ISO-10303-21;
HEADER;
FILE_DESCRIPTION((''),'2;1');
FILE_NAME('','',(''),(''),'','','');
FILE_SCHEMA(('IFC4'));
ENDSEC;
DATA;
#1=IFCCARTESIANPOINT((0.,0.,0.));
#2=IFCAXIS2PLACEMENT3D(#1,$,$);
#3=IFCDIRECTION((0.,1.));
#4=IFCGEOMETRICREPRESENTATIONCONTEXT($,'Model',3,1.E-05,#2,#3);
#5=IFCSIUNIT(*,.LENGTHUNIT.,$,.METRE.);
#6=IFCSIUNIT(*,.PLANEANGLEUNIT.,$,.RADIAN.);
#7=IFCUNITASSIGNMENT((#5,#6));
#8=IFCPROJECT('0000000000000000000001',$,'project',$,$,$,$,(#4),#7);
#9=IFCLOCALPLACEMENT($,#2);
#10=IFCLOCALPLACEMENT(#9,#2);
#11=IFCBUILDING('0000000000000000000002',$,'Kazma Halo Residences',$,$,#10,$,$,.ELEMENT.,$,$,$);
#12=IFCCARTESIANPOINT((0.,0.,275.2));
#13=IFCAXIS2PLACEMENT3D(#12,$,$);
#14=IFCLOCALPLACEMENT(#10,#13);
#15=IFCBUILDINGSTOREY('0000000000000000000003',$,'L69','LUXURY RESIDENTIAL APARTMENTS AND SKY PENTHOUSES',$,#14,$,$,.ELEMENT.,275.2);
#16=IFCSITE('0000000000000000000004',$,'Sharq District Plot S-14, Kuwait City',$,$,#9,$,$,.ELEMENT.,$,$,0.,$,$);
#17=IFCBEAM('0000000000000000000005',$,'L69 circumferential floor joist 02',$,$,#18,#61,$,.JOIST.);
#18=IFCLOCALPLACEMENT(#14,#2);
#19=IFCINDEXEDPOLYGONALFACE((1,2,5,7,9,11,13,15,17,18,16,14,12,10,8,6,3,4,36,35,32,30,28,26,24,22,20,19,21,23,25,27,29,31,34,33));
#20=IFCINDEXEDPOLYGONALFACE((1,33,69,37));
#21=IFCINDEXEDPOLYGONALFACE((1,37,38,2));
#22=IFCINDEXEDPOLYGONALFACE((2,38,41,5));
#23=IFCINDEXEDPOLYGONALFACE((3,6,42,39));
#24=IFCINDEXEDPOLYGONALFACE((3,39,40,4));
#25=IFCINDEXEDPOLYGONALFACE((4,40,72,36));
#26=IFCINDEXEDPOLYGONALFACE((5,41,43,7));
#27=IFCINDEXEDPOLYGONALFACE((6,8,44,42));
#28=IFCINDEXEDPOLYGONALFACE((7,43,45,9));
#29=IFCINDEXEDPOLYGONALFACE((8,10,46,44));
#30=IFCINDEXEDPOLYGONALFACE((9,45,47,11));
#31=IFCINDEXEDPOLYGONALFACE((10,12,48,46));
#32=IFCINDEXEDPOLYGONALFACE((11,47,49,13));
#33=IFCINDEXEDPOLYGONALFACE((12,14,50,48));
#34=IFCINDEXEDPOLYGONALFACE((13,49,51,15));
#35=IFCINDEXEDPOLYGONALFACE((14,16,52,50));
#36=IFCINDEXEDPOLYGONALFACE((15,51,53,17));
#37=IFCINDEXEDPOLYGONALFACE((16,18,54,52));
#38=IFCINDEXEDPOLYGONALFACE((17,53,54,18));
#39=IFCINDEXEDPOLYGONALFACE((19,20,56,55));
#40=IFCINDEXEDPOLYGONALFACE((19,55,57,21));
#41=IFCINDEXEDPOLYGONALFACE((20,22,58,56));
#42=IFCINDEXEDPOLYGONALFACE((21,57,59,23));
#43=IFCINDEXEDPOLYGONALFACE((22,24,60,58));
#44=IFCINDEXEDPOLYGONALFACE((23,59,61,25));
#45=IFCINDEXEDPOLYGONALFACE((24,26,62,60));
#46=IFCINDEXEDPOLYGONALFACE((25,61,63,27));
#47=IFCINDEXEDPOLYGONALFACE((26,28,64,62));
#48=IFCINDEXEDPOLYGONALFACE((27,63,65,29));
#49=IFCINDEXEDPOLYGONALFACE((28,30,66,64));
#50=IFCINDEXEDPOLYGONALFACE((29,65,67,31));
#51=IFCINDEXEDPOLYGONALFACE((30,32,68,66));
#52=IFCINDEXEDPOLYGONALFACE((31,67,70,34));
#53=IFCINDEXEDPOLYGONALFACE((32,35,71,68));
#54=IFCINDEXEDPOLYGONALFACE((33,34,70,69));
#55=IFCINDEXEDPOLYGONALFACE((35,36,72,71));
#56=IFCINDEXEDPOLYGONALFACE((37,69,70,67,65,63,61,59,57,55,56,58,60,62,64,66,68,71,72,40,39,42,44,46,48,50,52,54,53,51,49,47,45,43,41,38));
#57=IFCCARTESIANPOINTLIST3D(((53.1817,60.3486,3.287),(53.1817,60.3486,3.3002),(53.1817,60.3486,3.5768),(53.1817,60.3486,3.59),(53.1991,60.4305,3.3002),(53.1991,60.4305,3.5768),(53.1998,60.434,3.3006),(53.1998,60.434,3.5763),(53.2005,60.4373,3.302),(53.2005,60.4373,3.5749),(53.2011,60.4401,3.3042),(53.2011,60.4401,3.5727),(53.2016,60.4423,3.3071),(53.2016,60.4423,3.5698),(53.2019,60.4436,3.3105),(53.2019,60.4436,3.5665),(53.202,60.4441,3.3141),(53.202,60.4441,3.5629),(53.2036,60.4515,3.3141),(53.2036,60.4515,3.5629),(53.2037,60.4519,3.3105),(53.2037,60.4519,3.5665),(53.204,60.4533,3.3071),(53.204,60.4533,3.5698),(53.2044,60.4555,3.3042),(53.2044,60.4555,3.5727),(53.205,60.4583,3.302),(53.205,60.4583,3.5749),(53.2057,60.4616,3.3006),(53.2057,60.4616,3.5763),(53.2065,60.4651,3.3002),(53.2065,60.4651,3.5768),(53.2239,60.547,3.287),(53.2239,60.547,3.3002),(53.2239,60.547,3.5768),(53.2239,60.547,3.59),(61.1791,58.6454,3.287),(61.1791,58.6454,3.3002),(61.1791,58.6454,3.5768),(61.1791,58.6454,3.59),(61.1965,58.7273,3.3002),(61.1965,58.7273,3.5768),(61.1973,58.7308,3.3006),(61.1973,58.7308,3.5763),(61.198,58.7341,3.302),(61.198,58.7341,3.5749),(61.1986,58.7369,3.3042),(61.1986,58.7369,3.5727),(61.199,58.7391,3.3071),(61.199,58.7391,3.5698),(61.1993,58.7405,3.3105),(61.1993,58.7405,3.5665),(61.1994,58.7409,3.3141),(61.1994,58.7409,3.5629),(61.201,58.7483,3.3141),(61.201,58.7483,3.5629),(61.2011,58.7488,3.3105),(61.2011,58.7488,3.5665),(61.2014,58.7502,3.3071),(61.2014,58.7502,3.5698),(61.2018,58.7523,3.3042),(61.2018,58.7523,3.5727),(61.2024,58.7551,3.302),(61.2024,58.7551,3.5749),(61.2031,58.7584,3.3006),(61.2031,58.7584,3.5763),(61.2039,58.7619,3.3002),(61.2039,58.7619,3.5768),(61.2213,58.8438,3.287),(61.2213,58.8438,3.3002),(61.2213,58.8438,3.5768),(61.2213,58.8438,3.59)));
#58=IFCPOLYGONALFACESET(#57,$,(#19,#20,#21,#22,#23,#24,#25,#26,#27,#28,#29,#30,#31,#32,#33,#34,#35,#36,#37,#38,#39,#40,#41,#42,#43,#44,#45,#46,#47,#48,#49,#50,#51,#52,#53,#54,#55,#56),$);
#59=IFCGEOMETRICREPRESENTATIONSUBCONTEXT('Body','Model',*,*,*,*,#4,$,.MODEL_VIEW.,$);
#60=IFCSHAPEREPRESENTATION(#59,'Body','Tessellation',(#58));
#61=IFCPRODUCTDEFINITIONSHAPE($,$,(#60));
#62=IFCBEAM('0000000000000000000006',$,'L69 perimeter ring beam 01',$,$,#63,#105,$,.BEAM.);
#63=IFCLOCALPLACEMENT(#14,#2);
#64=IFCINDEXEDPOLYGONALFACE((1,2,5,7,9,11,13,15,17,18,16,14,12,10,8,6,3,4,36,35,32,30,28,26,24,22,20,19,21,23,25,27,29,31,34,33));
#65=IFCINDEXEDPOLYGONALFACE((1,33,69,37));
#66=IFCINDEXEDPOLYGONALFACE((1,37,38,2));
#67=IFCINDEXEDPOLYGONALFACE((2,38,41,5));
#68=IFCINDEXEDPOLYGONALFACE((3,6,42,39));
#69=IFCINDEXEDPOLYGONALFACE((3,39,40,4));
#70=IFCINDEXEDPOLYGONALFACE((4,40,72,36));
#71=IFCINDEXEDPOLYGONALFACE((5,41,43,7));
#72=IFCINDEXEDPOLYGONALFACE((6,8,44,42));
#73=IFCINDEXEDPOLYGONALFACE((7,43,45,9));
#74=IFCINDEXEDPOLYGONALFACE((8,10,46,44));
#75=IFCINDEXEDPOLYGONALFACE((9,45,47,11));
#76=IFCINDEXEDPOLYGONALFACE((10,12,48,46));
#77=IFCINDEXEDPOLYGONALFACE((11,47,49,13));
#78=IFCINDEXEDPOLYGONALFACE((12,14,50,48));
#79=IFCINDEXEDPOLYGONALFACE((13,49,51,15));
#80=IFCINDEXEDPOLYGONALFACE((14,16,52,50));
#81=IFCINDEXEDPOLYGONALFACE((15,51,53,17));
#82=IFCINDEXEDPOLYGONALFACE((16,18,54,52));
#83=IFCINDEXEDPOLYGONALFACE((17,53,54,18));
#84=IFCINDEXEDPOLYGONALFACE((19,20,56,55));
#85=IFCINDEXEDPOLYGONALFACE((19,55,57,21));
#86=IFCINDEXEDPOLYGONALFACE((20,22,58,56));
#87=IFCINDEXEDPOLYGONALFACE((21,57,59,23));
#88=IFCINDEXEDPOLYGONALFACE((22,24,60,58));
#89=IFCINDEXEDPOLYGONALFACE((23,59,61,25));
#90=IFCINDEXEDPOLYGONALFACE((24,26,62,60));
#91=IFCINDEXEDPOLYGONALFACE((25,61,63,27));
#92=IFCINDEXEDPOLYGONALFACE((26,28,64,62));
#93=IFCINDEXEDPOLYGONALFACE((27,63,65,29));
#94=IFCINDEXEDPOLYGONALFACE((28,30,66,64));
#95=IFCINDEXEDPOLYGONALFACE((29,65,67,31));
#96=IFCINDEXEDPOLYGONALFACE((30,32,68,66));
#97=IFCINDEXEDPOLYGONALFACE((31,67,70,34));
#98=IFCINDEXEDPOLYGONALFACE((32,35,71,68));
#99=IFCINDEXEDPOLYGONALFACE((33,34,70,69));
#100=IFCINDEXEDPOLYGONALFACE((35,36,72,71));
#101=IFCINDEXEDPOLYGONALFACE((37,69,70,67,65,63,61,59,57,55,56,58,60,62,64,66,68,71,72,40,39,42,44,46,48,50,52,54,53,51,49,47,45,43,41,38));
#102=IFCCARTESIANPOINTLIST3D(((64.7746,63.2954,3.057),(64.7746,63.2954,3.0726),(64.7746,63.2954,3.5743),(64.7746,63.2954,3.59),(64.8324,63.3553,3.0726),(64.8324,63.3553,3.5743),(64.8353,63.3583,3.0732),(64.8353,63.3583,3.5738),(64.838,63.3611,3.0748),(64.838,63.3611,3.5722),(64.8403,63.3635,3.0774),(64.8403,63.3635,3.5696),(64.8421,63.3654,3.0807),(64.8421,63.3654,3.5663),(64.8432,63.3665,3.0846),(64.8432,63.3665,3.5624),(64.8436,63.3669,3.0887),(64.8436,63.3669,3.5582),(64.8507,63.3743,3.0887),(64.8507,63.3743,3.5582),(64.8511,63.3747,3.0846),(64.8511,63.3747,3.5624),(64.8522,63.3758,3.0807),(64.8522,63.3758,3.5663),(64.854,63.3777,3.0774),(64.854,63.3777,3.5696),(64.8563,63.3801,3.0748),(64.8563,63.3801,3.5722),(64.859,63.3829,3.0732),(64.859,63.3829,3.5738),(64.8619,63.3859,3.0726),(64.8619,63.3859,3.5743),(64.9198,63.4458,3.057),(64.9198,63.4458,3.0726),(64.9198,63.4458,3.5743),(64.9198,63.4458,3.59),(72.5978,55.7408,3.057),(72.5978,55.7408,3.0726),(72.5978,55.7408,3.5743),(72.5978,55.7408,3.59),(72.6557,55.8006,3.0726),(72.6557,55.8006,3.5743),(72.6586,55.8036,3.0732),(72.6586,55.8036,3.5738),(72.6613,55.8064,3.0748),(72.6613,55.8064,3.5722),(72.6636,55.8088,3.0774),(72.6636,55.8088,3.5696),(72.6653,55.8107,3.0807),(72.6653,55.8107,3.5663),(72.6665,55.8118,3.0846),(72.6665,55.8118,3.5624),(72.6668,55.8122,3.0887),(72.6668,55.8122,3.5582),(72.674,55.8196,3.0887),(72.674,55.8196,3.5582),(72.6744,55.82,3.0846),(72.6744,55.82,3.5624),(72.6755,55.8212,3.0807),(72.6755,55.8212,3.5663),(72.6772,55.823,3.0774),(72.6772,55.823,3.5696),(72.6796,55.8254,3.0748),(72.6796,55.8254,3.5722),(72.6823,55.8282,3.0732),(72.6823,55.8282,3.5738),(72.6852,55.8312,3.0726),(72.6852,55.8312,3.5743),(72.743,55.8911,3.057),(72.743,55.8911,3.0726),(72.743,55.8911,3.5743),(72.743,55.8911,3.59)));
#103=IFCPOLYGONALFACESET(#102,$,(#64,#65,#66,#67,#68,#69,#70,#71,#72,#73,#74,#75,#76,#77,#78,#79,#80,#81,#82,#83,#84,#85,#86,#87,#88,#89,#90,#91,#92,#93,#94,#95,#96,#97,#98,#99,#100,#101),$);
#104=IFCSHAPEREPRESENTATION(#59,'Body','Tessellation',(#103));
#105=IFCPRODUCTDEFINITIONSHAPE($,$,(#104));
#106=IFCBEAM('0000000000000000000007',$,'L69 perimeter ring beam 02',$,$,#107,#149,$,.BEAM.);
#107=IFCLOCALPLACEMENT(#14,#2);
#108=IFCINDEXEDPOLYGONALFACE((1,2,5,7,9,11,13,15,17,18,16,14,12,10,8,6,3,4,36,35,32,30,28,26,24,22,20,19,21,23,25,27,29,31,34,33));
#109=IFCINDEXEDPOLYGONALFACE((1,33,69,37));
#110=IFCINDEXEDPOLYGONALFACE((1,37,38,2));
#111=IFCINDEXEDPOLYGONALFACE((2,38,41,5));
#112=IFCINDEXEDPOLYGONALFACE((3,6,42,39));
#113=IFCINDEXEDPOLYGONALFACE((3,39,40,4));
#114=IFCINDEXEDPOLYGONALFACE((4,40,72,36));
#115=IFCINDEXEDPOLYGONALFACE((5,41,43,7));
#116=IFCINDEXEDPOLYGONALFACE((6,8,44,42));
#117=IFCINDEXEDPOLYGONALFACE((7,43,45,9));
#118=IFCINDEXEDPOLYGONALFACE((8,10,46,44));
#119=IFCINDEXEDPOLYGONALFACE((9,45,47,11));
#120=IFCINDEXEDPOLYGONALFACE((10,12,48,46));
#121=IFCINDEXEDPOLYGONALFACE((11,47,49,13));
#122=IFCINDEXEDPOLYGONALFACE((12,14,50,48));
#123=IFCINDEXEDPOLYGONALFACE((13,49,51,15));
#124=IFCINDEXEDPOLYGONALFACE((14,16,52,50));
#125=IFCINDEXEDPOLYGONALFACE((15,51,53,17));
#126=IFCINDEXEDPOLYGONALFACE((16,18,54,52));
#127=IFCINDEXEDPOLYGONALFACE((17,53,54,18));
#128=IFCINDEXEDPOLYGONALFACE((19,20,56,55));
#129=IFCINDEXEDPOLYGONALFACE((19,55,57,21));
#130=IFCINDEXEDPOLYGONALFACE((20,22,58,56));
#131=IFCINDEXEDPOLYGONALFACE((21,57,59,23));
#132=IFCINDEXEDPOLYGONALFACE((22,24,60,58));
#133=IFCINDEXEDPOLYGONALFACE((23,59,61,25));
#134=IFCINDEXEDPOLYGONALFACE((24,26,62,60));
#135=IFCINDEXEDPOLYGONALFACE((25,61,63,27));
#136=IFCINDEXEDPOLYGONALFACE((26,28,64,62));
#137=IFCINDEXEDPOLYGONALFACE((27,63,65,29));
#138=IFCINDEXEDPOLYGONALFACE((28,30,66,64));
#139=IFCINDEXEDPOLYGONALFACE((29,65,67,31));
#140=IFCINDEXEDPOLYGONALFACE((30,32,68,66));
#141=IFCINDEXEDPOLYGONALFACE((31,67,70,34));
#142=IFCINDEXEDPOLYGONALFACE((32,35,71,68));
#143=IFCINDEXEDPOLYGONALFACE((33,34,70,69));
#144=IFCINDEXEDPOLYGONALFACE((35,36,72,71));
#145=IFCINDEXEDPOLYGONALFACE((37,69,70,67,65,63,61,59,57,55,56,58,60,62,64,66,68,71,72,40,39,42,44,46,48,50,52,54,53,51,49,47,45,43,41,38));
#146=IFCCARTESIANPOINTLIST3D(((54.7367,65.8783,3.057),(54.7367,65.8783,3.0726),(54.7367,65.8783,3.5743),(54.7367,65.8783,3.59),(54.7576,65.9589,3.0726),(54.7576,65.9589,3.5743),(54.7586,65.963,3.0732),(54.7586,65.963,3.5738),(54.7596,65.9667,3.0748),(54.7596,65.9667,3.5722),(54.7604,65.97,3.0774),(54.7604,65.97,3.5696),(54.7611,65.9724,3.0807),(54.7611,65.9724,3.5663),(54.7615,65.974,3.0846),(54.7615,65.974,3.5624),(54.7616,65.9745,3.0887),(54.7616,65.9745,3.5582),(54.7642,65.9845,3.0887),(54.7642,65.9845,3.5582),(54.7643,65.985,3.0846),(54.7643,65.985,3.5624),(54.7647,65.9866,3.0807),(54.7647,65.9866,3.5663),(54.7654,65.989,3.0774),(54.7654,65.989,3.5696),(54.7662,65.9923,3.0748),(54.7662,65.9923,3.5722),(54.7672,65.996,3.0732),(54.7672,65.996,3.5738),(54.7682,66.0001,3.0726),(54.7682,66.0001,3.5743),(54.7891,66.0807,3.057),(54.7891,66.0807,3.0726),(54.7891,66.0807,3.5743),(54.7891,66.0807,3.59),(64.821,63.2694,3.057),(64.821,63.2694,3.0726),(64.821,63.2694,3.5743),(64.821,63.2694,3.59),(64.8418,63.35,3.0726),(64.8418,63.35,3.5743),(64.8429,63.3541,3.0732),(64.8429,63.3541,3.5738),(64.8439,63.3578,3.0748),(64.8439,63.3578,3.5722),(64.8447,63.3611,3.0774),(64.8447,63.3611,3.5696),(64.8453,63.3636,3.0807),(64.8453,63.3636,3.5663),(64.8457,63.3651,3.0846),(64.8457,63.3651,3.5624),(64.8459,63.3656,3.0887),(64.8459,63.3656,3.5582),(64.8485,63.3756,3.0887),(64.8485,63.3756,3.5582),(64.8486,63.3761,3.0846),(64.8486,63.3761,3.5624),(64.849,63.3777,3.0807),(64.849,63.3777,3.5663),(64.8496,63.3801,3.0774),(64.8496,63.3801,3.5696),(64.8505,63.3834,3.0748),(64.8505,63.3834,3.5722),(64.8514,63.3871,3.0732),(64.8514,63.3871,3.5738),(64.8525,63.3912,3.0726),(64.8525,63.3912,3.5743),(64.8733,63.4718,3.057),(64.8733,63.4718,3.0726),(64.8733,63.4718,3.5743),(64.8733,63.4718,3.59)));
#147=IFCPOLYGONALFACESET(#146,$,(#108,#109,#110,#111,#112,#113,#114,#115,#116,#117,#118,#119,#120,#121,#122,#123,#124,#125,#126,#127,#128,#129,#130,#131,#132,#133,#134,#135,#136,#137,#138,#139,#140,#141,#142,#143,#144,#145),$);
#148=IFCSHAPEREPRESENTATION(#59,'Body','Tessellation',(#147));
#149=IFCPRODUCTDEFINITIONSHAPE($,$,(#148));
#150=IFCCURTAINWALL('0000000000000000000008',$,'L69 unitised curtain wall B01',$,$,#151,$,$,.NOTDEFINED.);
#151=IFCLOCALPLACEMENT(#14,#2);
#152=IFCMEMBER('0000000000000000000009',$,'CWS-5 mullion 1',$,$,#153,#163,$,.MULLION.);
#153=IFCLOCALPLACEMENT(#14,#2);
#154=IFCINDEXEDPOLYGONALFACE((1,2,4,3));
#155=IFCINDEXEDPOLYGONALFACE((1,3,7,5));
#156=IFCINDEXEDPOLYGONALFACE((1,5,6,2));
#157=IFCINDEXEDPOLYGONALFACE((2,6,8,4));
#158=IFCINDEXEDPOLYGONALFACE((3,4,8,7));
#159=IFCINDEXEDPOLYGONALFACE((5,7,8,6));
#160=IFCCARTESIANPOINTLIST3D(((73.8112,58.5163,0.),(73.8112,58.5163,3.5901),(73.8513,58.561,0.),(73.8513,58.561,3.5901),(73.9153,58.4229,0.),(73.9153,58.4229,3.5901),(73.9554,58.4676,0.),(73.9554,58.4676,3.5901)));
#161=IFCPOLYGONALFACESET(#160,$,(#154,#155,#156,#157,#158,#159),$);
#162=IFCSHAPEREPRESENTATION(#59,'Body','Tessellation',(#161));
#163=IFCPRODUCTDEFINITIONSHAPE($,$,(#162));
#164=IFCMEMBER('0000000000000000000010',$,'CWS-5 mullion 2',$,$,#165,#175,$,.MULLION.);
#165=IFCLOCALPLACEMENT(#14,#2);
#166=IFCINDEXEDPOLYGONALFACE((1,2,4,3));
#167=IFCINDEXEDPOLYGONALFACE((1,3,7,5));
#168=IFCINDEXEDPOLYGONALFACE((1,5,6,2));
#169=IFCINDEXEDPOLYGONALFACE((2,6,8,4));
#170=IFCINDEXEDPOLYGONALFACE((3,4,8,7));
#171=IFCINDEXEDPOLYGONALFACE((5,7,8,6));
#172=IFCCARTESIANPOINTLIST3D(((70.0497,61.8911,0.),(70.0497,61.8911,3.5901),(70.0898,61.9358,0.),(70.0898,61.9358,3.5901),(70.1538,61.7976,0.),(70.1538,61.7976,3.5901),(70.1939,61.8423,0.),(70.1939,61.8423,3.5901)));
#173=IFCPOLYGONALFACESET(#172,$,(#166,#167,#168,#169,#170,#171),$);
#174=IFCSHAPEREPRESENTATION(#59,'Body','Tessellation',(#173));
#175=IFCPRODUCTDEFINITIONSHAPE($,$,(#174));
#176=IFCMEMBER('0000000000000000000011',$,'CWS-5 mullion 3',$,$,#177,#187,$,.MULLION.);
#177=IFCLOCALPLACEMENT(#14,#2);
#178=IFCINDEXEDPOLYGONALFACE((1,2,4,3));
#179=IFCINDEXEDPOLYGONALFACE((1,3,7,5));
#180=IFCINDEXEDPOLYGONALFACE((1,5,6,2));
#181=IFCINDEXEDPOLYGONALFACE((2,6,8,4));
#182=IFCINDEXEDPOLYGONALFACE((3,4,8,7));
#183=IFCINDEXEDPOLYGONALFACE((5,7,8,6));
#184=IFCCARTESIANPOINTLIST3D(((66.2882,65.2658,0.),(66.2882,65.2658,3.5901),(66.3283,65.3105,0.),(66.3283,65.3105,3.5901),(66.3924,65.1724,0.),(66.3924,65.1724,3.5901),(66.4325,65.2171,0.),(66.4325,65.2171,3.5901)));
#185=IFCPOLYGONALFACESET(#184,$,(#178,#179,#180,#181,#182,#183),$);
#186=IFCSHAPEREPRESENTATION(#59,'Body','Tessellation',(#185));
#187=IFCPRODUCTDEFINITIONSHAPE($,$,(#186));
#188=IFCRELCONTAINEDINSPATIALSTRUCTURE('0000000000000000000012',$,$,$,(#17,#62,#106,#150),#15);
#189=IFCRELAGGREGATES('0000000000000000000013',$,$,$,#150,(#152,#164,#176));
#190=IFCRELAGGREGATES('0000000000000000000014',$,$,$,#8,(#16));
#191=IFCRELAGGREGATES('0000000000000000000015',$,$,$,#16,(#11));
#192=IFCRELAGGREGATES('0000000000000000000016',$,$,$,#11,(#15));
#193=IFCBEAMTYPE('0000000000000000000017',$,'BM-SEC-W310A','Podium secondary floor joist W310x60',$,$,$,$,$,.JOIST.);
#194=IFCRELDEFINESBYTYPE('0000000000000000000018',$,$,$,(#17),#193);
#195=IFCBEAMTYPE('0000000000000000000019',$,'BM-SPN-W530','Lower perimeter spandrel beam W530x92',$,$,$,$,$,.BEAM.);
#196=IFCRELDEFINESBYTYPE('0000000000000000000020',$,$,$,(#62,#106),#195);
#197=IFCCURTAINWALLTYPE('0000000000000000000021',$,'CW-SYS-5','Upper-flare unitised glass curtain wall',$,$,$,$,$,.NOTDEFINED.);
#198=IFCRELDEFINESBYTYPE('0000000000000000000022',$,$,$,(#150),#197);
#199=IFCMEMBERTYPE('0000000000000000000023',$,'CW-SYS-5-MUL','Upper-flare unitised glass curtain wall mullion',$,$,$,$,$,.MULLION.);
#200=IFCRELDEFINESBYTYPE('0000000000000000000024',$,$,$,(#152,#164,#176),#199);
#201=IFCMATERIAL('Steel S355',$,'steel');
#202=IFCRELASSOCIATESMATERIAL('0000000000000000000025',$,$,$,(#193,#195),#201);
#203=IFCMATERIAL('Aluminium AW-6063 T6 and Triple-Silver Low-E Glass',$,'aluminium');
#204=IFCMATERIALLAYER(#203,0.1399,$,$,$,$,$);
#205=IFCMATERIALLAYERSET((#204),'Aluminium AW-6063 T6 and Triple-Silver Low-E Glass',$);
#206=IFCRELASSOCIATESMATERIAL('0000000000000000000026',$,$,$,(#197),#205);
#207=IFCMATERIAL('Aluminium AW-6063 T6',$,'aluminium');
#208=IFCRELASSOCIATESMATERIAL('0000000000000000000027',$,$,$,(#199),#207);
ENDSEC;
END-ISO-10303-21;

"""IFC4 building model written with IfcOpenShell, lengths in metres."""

from ifc_helpers import new_model, si_unit, direction, frame, origin, origin_2d, place, context, subcontext, project, spatial, rectangle, i_section, extrude, material, layer, layer_set, material_profile, profile_set, type_object, element, aggregate, save


model = new_model("IFC4")

# Units and contexts
model_context = context("Model", 3, precision=1e-05, world=origin(), true_north=direction((0.0, 1.0)))
body_context = subcontext(model_context, "Body", "Model", "MODEL_VIEW")
ifc_project = project(units=[si_unit("LENGTHUNIT", "METRE"), si_unit("PLANEANGLEUNIT", "RADIAN")], contexts=[model_context])

# Site, building, storey
site_placement = place(None, origin())
site = spatial("IfcSite", under=ifc_project, at=site_placement, Name="Sharq District Plot S-14, Kuwait City", CompositionType="ELEMENT", RefElevation=0.0)
building_placement = place(site_placement, origin())
building = spatial("IfcBuilding", under=site, at=building_placement, Name="Kazma Halo Residences", CompositionType="ELEMENT")
storey_placement = place(building_placement, frame((0.0, 0.0, 275.2)))
storey = spatial("IfcBuildingStorey", under=building, at=storey_placement, Name="L69", Description="LUXURY RESIDENTIAL APARTMENTS AND SKY PENTHOUSES", CompositionType="ELEMENT", Elevation=275.2)

# Beams
ifc_material_1 = material(Name="Steel S355", Category="steel")
ifc_material_profile_1 = material_profile(ifc_material_1, i_section(OverallWidth=0.2029, OverallDepth=0.303, WebThickness=0.0076, FlangeThickness=0.0132, FilletRadius=0.0139, at=origin_2d()), Name="W310x60")
ifc_profile_set_1 = profile_set([ifc_material_profile_1], Name="Steel S355")
beam_type_1 = type_object("IfcBeamType", Name="BM-SEC-W310A", Description="Podium secondary floor joist W310x60", PredefinedType="JOIST", material=ifc_profile_set_1)
beam_1_placement = place(storey_placement, frame((61.2002, 58.7446, 3.4385), z_axis=(-0.978067, 0.208291, 0.0), x_axis=(-0.208291, -0.978067, 0.0)))
element("IfcBeam", 1, at=beam_1_placement, inside=storey, type_object=beam_type_1, Name="L69 circumferential floor joist 02", PredefinedType="JOIST", context=body_context, shape_type="SweptSolid", body=[
    extrude(i_section(OverallWidth=0.2029, OverallDepth=0.303, WebThickness=0.0076, FlangeThickness=0.0132, FilletRadius=0.0139, at=origin_2d()), origin(), (0.0, 0.0, 1.0), 8.1768),
])
ifc_material_profile_2 = material_profile(ifc_material_1, i_section(OverallWidth=0.209, OverallDepth=0.533, WebThickness=0.0103, FlangeThickness=0.0156, FilletRadius=0.0161, at=origin_2d()), Name="W530x92")
ifc_profile_set_2 = profile_set([ifc_material_profile_2], Name="Steel S355")
beam_type_2 = type_object("IfcBeamType", Name="BM-SPN-W530", Description="Lower perimeter spandrel beam W530x92", PredefinedType="BEAM", material=ifc_profile_set_2)
beam_2_placement = place(storey_placement, frame((72.6704, 55.8159, 3.3235), z_axis=(-0.719346, 0.694652, 0.0), x_axis=(-0.694652, -0.719346, 0.0)))
element("IfcBeam", 2, at=beam_2_placement, inside=storey, type_object=beam_type_2, Name="L69 perimeter ring beam 01", PredefinedType="BEAM", context=body_context, shape_type="SweptSolid", body=[
    extrude(i_section(OverallWidth=0.209, OverallDepth=0.533, WebThickness=0.0103, FlangeThickness=0.0156, FilletRadius=0.0161, at=origin_2d()), origin(), (0.0, 0.0, 1.0), 10.8755),
])
beam_3_placement = place(storey_placement, frame((64.8472, 63.3706, 3.3235), z_axis=(-0.968126, 0.250464, 0.0), x_axis=(-0.250464, -0.968126, 0.0)))
element("IfcBeam", 3, at=beam_3_placement, inside=storey, type_object=beam_type_2, Name="L69 perimeter ring beam 02", PredefinedType="BEAM", context=body_context, shape_type="SweptSolid", body=[
    extrude(i_section(OverallWidth=0.209, OverallDepth=0.533, WebThickness=0.0103, FlangeThickness=0.0156, FilletRadius=0.0161, at=origin_2d()), origin(), (0.0, 0.0, 1.0), 10.4163),
])

# Curtain wall, members
ifc_material_2 = material(Name="Aluminium AW-6063 T6 and Triple-Silver Low-E Glass", Category="aluminium")
ifc_layer_1 = layer(ifc_material_2, 0.1399)
ifc_layer_set_1 = layer_set([ifc_layer_1], Name="Aluminium AW-6063 T6 and Triple-Silver Low-E Glass")
curtain_wall_type = type_object("IfcCurtainWallType", Name="CW-SYS-5", Description="Upper-flare unitised glass curtain wall", PredefinedType="NOTDEFINED", material=ifc_layer_set_1)
curtain_wall_1_placement = place(storey_placement, origin())
curtain_wall_1 = element("IfcCurtainWall", 4, at=curtain_wall_1_placement, inside=storey, type_object=curtain_wall_type, Name="L69 unitised curtain wall B01", PredefinedType="NOTDEFINED")
ifc_material_3 = material(Name="Aluminium AW-6063 T6", Category="aluminium")
ifc_material_profile_3 = material_profile(ifc_material_3, rectangle(XDim=0.0601, YDim=0.1399, at=origin_2d()), Name="CWM-60x140")
ifc_profile_set_3 = profile_set([ifc_material_profile_3], Name="Aluminium AW-6063 T6")
member_type_1 = type_object("IfcMemberType", Name="CW-SYS-5-MUL", Description="Upper-flare unitised glass curtain wall mullion", PredefinedType="MULLION", material=ifc_profile_set_3)
member_1_placement = place(storey_placement, frame((73.8833, 58.4919, 0.0), z_axis=(0.0, 0.0, 1.0), x_axis=(-0.667805, -0.744336, 0.0)))
member_1 = element("IfcMember", 5, at=member_1_placement, type_object=member_type_1, Name="CWS-5 mullion 1", PredefinedType="MULLION", context=body_context, shape_type="SweptSolid", body=[
    extrude(rectangle(XDim=0.0601, YDim=0.1399, at=origin_2d()), origin(), (0.0, 0.0, 1.0), 3.5901),
])
member_2_placement = place(storey_placement, frame((70.1218, 61.8667, 0.0), z_axis=(0.0, 0.0, 1.0), x_axis=(-0.667805, -0.744336, 0.0)))
member_2 = element("IfcMember", 6, at=member_2_placement, type_object=member_type_1, Name="CWS-5 mullion 2", PredefinedType="MULLION", context=body_context, shape_type="SweptSolid", body=[
    extrude(rectangle(XDim=0.0601, YDim=0.1399, at=origin_2d()), origin(), (0.0, 0.0, 1.0), 3.5901),
])
member_3_placement = place(storey_placement, frame((66.3604, 65.2415, 0.0), z_axis=(0.0, 0.0, 1.0), x_axis=(-0.667805, -0.744336, 0.0)))
member_3 = element("IfcMember", 7, at=member_3_placement, type_object=member_type_1, Name="CWS-5 mullion 3", PredefinedType="MULLION", context=body_context, shape_type="SweptSolid", body=[
    extrude(rectangle(XDim=0.0601, YDim=0.1399, at=origin_2d()), origin(), (0.0, 0.0, 1.0), 3.5901),
])

aggregate(curtain_wall_1, [member_1, member_2, member_3])

save(model, "model.ifc")
